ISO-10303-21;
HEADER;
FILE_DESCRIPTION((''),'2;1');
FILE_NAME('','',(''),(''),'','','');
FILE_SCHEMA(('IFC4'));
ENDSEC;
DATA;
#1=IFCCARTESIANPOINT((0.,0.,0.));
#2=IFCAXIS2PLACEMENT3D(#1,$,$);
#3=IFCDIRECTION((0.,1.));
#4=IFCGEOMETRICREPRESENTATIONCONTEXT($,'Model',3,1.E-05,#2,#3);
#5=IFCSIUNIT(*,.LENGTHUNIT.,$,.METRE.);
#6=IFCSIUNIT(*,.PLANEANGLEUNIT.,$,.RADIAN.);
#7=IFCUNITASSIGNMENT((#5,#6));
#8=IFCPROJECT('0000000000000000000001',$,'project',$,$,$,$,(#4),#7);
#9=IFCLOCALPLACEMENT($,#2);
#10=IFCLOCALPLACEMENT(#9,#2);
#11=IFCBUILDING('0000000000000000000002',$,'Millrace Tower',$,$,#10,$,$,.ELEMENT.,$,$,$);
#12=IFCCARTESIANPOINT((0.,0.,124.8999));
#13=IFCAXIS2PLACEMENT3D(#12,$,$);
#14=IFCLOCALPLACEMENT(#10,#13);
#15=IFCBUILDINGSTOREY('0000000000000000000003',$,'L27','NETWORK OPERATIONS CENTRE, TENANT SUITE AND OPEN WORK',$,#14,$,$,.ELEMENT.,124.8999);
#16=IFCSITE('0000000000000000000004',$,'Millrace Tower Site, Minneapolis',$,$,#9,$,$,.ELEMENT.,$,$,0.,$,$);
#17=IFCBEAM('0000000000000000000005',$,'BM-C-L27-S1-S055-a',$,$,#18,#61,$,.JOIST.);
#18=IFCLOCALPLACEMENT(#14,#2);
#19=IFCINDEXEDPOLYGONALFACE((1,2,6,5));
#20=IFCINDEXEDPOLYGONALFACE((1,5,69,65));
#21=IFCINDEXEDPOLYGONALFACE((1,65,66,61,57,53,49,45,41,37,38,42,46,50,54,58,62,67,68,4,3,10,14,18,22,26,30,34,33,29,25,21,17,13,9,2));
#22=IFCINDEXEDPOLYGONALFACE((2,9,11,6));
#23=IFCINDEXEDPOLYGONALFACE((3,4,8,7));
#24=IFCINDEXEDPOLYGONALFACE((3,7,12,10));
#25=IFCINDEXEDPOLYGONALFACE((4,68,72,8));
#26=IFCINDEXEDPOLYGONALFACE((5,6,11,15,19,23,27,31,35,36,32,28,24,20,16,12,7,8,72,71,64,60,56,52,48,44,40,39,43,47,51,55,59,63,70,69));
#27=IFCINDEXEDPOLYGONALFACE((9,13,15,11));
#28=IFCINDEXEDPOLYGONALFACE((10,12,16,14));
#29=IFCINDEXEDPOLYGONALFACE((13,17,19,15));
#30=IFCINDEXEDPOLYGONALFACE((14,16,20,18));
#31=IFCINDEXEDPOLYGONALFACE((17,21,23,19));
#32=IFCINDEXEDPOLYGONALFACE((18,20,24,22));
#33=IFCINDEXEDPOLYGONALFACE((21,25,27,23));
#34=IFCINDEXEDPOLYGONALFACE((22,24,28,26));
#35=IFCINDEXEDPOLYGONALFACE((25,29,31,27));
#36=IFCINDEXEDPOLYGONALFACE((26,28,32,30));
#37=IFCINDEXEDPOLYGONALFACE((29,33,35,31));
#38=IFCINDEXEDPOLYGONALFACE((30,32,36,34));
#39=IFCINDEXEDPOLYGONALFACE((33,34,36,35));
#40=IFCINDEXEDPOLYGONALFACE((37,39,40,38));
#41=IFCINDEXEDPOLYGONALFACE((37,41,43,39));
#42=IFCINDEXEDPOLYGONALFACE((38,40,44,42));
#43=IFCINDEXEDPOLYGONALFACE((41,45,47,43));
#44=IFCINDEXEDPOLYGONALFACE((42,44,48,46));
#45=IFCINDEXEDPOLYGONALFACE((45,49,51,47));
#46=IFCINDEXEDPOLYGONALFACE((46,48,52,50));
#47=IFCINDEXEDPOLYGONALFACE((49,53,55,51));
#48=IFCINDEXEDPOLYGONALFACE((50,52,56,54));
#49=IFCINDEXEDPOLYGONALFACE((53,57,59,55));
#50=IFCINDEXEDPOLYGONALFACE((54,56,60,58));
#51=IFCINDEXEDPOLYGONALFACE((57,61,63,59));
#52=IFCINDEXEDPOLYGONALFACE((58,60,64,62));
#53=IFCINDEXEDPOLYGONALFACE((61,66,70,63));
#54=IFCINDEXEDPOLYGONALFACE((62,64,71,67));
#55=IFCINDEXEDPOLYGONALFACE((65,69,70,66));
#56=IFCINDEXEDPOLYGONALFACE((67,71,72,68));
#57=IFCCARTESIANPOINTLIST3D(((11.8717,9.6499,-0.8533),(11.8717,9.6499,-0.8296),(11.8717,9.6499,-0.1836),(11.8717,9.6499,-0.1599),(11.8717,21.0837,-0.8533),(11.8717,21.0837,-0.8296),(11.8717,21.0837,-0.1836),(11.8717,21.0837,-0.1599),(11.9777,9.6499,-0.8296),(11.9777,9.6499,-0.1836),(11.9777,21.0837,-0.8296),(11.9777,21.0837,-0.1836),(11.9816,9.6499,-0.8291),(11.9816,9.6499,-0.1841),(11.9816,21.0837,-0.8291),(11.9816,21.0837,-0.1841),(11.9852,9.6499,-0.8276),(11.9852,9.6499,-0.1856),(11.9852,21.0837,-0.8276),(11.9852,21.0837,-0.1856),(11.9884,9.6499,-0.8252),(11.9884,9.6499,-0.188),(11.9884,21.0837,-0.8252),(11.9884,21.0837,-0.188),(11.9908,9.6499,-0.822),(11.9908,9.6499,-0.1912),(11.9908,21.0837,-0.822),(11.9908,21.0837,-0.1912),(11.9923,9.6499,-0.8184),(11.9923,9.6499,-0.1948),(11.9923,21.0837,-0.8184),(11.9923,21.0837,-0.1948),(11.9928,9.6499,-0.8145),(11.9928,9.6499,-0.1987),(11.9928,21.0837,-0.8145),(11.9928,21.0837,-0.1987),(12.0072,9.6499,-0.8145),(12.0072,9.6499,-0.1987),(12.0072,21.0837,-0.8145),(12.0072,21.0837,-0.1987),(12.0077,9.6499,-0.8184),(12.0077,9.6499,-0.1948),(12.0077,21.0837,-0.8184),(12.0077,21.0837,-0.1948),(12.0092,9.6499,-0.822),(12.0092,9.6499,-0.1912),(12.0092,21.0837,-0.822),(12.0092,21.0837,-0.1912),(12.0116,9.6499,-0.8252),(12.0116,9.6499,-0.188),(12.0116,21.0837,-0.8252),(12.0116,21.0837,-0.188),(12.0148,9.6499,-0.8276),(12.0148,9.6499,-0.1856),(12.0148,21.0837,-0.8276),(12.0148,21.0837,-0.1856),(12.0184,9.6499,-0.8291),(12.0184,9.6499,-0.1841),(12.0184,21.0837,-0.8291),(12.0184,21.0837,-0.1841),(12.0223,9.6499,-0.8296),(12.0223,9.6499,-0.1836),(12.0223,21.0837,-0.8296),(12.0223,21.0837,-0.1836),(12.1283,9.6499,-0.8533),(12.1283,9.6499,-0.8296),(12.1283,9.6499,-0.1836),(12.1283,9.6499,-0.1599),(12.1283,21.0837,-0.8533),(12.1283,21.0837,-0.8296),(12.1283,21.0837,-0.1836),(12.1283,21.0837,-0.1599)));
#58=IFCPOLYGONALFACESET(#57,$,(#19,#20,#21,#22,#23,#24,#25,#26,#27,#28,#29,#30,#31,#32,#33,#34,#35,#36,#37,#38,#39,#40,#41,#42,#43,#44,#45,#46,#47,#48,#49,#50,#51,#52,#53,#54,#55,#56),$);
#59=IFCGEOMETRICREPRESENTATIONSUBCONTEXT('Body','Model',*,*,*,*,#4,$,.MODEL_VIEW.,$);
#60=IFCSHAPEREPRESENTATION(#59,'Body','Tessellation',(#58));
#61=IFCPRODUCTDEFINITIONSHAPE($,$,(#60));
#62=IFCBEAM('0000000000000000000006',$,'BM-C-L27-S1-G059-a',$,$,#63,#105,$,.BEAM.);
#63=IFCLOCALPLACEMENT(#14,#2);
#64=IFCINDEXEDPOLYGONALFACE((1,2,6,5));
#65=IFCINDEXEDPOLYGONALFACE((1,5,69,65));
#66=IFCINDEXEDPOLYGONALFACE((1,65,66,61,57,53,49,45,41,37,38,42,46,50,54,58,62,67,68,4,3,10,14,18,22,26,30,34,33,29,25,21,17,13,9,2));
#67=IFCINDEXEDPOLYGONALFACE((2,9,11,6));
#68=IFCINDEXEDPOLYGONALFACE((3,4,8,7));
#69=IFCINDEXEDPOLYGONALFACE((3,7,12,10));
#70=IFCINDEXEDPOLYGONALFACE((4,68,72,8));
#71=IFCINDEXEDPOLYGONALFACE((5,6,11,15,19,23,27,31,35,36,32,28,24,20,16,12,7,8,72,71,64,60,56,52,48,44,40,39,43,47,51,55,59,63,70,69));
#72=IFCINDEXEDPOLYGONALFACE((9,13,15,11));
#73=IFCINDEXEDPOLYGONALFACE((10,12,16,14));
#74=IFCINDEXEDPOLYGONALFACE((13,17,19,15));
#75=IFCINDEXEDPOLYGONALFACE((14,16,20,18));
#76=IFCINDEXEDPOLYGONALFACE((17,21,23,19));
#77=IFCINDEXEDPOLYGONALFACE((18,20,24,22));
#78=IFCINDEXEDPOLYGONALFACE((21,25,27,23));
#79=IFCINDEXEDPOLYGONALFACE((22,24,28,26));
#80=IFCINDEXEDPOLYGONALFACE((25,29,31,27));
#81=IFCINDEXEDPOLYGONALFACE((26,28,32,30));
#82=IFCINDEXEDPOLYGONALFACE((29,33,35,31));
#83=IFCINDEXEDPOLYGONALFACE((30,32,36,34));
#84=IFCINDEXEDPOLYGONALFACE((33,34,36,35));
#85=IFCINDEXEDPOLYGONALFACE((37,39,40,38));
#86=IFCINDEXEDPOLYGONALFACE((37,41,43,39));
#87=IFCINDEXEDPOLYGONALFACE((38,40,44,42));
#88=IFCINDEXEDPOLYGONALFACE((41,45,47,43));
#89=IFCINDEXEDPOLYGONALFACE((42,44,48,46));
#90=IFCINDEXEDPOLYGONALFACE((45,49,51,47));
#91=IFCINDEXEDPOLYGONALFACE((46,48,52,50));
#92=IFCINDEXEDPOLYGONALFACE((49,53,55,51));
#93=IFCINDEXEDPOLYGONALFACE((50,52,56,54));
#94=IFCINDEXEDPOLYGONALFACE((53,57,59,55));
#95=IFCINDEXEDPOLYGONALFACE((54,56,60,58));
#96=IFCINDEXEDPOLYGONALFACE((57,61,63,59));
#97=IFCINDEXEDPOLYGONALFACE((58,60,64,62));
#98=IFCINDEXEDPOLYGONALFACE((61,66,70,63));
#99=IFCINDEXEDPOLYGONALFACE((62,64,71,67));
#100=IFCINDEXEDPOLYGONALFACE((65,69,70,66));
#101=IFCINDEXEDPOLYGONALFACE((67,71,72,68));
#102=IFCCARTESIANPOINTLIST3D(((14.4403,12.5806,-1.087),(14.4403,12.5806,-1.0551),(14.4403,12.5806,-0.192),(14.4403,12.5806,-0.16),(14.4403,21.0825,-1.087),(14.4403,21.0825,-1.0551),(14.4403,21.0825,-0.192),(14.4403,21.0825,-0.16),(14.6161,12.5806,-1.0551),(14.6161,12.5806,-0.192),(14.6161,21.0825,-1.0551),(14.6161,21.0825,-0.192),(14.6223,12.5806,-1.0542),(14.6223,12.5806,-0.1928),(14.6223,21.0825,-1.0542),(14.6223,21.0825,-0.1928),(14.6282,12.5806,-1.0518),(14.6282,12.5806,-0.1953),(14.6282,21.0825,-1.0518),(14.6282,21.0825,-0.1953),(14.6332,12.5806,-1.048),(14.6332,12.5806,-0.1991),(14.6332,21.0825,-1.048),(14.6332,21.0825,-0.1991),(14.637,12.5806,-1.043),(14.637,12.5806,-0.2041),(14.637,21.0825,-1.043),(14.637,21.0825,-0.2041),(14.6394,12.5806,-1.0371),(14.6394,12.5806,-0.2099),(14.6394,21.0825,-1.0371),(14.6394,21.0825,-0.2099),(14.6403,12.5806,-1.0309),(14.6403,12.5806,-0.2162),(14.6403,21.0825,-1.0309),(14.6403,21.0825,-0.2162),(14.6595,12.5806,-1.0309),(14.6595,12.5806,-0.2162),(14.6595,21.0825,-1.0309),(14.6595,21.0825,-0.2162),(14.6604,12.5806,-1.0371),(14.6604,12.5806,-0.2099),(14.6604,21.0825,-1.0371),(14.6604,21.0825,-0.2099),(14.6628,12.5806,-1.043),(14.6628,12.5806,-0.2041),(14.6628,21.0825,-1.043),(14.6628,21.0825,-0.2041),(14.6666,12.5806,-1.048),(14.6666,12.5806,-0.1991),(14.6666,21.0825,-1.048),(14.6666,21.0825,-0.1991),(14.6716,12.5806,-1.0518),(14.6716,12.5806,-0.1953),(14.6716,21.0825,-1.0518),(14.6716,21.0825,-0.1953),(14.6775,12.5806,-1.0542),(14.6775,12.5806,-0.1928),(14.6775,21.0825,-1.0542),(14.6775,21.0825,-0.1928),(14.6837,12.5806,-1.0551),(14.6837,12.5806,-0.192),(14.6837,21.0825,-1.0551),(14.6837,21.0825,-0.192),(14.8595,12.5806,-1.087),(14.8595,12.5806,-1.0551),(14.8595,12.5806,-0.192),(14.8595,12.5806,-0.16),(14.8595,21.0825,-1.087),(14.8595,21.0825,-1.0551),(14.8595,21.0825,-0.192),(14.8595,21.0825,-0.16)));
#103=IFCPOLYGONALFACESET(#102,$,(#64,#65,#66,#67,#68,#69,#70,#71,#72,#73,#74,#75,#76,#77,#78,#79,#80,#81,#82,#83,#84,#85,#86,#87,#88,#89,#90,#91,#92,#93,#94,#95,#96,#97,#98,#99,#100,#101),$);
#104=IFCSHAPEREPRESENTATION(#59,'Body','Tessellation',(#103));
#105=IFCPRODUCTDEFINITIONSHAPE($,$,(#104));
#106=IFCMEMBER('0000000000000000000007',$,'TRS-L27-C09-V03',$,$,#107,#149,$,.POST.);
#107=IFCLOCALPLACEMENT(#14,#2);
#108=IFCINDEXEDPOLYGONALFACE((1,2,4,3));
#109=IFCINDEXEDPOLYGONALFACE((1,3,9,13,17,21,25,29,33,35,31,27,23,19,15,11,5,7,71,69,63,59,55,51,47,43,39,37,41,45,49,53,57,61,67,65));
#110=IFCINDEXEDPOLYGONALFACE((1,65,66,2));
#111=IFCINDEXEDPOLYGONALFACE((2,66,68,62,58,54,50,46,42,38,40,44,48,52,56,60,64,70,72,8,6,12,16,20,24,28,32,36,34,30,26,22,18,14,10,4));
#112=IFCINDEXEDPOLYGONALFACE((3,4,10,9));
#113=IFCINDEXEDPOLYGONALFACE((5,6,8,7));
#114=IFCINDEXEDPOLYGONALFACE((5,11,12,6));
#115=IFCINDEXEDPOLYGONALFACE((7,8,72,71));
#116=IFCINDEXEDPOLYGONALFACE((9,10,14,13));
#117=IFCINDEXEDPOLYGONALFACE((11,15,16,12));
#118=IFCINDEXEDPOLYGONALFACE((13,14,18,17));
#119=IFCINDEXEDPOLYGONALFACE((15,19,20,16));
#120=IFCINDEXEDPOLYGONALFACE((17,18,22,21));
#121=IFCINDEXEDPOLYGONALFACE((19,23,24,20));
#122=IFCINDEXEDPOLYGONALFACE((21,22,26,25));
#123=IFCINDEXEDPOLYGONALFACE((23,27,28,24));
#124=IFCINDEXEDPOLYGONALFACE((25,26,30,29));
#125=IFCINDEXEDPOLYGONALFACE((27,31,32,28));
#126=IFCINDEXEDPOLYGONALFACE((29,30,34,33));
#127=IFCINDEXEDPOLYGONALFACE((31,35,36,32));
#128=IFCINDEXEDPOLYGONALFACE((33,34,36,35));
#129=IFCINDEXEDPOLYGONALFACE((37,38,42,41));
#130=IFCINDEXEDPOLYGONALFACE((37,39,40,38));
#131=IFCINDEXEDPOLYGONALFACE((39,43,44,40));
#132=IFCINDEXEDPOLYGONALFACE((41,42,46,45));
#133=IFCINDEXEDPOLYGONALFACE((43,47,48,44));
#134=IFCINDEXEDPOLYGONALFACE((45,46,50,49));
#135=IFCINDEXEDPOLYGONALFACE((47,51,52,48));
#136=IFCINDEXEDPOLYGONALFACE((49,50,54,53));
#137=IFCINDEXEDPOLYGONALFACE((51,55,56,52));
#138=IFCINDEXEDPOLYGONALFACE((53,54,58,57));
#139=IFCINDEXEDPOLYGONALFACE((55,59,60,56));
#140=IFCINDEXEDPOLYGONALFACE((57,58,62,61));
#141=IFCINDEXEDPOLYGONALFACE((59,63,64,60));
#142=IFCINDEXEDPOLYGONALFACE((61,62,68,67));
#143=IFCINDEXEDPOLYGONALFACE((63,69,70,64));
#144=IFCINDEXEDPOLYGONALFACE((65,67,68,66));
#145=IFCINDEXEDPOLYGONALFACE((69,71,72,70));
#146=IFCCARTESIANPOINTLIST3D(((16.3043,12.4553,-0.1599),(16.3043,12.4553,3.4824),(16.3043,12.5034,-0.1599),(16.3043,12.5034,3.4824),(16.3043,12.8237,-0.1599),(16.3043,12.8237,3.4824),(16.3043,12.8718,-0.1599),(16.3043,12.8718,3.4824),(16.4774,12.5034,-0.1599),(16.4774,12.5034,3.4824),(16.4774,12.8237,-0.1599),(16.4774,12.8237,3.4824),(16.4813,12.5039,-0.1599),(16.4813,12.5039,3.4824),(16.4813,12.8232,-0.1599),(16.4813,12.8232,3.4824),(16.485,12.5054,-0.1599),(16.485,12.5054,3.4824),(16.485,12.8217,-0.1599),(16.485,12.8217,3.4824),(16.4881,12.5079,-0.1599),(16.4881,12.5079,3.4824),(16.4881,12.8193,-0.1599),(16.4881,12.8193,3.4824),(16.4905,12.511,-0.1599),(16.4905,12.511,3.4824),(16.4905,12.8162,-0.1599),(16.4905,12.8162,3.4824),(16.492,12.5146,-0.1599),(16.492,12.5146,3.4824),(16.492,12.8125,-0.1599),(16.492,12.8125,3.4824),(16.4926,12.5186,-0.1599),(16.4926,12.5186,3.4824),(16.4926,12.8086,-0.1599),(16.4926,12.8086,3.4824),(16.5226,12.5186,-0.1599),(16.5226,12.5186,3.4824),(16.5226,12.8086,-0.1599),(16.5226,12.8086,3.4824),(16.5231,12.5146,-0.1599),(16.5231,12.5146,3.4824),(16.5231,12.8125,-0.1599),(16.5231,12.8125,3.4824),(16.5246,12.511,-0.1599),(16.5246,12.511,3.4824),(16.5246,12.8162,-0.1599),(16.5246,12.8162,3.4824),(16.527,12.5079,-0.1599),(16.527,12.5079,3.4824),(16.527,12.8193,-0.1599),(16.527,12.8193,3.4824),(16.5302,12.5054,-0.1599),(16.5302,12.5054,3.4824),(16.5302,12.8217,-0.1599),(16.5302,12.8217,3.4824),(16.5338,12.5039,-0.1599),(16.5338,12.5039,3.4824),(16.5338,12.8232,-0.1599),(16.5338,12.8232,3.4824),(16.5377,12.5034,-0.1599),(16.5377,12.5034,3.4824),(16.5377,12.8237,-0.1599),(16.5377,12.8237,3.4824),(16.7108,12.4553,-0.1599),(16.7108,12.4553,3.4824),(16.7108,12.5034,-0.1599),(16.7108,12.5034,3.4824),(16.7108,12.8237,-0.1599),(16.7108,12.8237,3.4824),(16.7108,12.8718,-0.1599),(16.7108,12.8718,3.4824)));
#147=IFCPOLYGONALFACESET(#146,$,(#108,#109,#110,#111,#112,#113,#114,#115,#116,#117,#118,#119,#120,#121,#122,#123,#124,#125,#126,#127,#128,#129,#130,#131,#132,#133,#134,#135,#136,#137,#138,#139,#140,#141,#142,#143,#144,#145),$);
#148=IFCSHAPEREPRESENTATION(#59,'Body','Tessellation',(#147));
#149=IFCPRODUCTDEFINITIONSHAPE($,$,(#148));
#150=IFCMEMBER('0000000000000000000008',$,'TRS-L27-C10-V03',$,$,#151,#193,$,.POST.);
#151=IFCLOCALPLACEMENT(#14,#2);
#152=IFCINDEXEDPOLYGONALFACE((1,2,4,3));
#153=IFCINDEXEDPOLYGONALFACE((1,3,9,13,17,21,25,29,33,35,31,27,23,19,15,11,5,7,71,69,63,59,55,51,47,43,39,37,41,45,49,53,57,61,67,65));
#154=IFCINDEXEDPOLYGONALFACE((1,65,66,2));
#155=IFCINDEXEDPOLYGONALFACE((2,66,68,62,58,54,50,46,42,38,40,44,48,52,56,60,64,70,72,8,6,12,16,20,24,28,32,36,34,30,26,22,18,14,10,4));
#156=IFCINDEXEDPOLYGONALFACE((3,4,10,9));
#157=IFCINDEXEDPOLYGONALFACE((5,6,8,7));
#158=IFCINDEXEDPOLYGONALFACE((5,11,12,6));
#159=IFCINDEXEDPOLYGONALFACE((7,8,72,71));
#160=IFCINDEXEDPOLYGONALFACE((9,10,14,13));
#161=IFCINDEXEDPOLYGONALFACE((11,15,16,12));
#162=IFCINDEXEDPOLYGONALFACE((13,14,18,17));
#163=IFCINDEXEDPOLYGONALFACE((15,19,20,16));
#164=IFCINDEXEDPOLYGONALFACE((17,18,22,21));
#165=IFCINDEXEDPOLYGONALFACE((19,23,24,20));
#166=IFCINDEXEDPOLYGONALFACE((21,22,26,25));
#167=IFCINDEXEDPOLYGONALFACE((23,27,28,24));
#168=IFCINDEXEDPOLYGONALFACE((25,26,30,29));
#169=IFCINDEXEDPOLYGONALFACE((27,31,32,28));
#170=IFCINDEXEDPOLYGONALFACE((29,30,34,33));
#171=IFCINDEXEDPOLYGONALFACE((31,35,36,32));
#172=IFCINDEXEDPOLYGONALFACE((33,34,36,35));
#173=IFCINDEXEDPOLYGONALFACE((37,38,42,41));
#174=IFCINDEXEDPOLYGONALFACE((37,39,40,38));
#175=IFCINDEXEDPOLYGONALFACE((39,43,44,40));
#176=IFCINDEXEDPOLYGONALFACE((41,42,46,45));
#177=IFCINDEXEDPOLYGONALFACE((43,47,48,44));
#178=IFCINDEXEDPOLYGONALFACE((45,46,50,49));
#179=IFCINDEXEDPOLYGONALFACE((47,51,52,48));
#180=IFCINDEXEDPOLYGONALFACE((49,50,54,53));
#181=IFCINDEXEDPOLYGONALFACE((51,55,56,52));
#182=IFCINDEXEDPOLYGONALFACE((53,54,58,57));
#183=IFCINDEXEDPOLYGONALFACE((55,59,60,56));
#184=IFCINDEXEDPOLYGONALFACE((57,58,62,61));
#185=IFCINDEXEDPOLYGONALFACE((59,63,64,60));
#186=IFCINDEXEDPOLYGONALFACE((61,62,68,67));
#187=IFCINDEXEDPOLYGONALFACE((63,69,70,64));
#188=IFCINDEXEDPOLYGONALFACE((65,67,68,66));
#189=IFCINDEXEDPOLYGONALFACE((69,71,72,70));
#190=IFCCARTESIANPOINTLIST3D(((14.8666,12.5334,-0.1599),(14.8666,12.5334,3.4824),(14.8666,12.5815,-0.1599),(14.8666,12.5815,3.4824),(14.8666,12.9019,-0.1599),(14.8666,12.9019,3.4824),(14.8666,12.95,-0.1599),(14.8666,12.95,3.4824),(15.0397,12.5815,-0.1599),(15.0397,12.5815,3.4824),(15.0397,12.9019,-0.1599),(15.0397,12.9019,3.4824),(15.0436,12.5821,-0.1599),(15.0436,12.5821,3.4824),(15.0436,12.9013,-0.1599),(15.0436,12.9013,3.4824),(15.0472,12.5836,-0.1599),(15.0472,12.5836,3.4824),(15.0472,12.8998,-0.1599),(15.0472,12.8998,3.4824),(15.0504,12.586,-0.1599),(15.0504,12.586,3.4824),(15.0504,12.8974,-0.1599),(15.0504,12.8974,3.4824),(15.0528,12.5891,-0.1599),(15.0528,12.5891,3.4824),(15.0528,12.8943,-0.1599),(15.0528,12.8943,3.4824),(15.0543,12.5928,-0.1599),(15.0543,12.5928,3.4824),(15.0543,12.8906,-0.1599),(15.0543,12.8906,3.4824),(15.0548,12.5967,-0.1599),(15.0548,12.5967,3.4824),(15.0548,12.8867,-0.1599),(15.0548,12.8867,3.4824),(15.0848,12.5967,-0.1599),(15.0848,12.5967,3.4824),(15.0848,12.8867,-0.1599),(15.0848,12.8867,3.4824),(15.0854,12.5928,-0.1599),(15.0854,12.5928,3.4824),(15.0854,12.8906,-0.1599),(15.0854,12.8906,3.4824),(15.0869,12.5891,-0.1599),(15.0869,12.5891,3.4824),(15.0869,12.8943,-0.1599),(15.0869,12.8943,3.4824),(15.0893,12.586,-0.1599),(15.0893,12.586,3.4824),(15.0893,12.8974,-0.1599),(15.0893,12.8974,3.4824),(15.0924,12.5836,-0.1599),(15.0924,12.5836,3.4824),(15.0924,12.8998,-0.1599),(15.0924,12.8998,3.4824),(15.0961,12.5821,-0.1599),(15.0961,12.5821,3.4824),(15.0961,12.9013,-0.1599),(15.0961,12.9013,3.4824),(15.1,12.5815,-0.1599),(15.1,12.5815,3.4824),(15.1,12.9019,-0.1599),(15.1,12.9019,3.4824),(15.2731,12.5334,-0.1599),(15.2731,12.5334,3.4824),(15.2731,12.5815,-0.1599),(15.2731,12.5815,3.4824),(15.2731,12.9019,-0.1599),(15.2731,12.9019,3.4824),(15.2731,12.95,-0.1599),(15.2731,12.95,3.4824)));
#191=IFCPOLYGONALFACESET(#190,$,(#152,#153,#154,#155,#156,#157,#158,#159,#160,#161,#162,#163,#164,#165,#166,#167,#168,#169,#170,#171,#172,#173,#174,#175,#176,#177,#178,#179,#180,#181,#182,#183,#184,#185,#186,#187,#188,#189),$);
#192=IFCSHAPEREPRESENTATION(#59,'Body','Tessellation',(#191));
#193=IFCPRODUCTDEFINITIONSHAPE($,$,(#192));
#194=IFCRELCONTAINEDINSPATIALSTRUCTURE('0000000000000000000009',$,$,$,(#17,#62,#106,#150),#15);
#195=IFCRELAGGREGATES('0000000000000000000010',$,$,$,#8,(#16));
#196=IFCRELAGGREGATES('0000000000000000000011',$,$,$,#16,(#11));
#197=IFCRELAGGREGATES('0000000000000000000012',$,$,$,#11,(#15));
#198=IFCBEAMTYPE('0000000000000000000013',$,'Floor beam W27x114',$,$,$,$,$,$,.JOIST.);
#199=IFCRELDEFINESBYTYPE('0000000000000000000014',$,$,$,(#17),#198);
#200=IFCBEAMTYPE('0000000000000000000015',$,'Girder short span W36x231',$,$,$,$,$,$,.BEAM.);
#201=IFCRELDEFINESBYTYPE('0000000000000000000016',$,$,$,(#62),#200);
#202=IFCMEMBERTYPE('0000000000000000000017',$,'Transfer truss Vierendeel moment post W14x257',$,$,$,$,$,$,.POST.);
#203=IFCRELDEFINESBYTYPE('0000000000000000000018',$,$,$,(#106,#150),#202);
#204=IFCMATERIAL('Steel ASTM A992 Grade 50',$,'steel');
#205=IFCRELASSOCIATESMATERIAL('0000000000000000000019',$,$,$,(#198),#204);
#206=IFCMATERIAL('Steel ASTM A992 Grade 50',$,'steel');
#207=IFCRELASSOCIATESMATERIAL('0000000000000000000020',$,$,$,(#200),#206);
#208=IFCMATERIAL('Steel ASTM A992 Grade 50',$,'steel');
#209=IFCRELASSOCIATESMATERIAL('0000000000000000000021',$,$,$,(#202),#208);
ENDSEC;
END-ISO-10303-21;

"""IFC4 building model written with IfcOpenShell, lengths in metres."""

from ifc_helpers import new_model, si_unit, direction, frame, origin, origin_2d, place, context, subcontext, project, spatial, i_section, extrude, material, material_profile, profile_set, type_object, element, save


model = new_model("IFC4")

# Units and contexts
model_context = context("Model", 3, precision=1e-05, world=origin(), true_north=direction((0.0, 1.0)))
body_context = subcontext(model_context, "Body", "Model", "MODEL_VIEW")
ifc_project = project(units=[si_unit("LENGTHUNIT", "METRE"), si_unit("PLANEANGLEUNIT", "RADIAN")], contexts=[model_context])

# Site, building, storey
site_placement = place(None, origin())
site = spatial("IfcSite", under=ifc_project, at=site_placement, Name="Millrace Tower Site, Minneapolis", CompositionType="ELEMENT", RefElevation=0.0)
building_placement = place(site_placement, origin())
building = spatial("IfcBuilding", under=site, at=building_placement, Name="Millrace Tower", CompositionType="ELEMENT")
storey_placement = place(building_placement, frame((0.0, 0.0, 124.8999)))
storey = spatial("IfcBuildingStorey", under=building, at=storey_placement, Name="L27", Description="NETWORK OPERATIONS CENTRE, TENANT SUITE AND OPEN WORK", CompositionType="ELEMENT", Elevation=124.8999)

# Beams
ifc_material_1 = material(Name="Steel ASTM A992 Grade 50", Category="steel")
ifc_material_profile_1 = material_profile(ifc_material_1, i_section(OverallWidth=0.2566, OverallDepth=0.6934, WebThickness=0.0144, FlangeThickness=0.0237, FilletRadius=0.0151, at=origin_2d()))
ifc_profile_set_1 = profile_set([ifc_material_profile_1], Name="Steel ASTM A992 Grade 50")
beam_type_1 = type_object("IfcBeamType", Name="Floor beam W27x114", PredefinedType="JOIST", material=ifc_profile_set_1)
beam_1_placement = place(storey_placement, frame((12.0, 9.6499, -0.5066), z_axis=(0.0, 1.0, 0.0), x_axis=(-1.0, 0.0, 0.0)))
element("IfcBeam", 1, at=beam_1_placement, inside=storey, type_object=beam_type_1, Name="BM-C-L27-S1-S055-a", PredefinedType="JOIST", context=body_context, shape_type="SweptSolid", body=[
    extrude(i_section(OverallWidth=0.2566, OverallDepth=0.6934, WebThickness=0.0144, FlangeThickness=0.0237, FilletRadius=0.0151, at=origin_2d()), origin(), (0.0, 0.0, 1.0), 11.4338),
])
ifc_material_2 = material(Name="Steel ASTM A992 Grade 50", Category="steel")
ifc_material_profile_2 = material_profile(ifc_material_2, i_section(OverallWidth=0.4192, OverallDepth=0.927, WebThickness=0.0193, FlangeThickness=0.032, FilletRadius=0.0242, at=origin_2d()))
ifc_profile_set_2 = profile_set([ifc_material_profile_2], Name="Steel ASTM A992 Grade 50")
beam_type_2 = type_object("IfcBeamType", Name="Girder short span W36x231", PredefinedType="BEAM", material=ifc_profile_set_2)
beam_2_placement = place(storey_placement, frame((14.6499, 12.5806, -0.6235), z_axis=(0.0, 1.0, 0.0), x_axis=(-1.0, 0.0, 0.0)))
element("IfcBeam", 2, at=beam_2_placement, inside=storey, type_object=beam_type_2, Name="BM-C-L27-S1-G059-a", PredefinedType="BEAM", context=body_context, shape_type="SweptSolid", body=[
    extrude(i_section(OverallWidth=0.4192, OverallDepth=0.927, WebThickness=0.0193, FlangeThickness=0.032, FilletRadius=0.0242, at=origin_2d()), origin(), (0.0, 0.0, 1.0), 8.502),
])

# Members
ifc_material_3 = material(Name="Steel ASTM A992 Grade 50", Category="steel")
ifc_material_profile_3 = material_profile(ifc_material_3, i_section(OverallWidth=0.4065, OverallDepth=0.4165, WebThickness=0.03, FlangeThickness=0.0481, FilletRadius=0.0151, at=origin_2d()))
ifc_profile_set_3 = profile_set([ifc_material_profile_3], Name="Steel ASTM A992 Grade 50")
member_type = type_object("IfcMemberType", Name="Transfer truss Vierendeel moment post W14x257", PredefinedType="POST", material=ifc_profile_set_3)
for number, where, z_axis, x_axis, name in (
    (3, (16.5076, 12.6636, -0.1599), (0.0, 0.0, 1.0), (1.0, 0.0, 0.0), "TRS-L27-C09-V03"),
    (4, (15.0698, 12.7417, -0.1599), (0.0, 0.0, 1.0), (1.0, 0.0, 0.0), "TRS-L27-C10-V03"),
):
    element("IfcMember", number, at=place(storey_placement, frame(where, z_axis=z_axis, x_axis=x_axis)), inside=storey, type_object=member_type, Name=name, PredefinedType="POST", context=body_context, shape_type="SweptSolid", body=[
        extrude(i_section(OverallWidth=0.4065, OverallDepth=0.4165, WebThickness=0.03, FlangeThickness=0.0481, FilletRadius=0.0151, at=origin_2d()), origin(), (0.0, 0.0, 1.0), 3.6423),
    ])

save(model, "model.ifc")
